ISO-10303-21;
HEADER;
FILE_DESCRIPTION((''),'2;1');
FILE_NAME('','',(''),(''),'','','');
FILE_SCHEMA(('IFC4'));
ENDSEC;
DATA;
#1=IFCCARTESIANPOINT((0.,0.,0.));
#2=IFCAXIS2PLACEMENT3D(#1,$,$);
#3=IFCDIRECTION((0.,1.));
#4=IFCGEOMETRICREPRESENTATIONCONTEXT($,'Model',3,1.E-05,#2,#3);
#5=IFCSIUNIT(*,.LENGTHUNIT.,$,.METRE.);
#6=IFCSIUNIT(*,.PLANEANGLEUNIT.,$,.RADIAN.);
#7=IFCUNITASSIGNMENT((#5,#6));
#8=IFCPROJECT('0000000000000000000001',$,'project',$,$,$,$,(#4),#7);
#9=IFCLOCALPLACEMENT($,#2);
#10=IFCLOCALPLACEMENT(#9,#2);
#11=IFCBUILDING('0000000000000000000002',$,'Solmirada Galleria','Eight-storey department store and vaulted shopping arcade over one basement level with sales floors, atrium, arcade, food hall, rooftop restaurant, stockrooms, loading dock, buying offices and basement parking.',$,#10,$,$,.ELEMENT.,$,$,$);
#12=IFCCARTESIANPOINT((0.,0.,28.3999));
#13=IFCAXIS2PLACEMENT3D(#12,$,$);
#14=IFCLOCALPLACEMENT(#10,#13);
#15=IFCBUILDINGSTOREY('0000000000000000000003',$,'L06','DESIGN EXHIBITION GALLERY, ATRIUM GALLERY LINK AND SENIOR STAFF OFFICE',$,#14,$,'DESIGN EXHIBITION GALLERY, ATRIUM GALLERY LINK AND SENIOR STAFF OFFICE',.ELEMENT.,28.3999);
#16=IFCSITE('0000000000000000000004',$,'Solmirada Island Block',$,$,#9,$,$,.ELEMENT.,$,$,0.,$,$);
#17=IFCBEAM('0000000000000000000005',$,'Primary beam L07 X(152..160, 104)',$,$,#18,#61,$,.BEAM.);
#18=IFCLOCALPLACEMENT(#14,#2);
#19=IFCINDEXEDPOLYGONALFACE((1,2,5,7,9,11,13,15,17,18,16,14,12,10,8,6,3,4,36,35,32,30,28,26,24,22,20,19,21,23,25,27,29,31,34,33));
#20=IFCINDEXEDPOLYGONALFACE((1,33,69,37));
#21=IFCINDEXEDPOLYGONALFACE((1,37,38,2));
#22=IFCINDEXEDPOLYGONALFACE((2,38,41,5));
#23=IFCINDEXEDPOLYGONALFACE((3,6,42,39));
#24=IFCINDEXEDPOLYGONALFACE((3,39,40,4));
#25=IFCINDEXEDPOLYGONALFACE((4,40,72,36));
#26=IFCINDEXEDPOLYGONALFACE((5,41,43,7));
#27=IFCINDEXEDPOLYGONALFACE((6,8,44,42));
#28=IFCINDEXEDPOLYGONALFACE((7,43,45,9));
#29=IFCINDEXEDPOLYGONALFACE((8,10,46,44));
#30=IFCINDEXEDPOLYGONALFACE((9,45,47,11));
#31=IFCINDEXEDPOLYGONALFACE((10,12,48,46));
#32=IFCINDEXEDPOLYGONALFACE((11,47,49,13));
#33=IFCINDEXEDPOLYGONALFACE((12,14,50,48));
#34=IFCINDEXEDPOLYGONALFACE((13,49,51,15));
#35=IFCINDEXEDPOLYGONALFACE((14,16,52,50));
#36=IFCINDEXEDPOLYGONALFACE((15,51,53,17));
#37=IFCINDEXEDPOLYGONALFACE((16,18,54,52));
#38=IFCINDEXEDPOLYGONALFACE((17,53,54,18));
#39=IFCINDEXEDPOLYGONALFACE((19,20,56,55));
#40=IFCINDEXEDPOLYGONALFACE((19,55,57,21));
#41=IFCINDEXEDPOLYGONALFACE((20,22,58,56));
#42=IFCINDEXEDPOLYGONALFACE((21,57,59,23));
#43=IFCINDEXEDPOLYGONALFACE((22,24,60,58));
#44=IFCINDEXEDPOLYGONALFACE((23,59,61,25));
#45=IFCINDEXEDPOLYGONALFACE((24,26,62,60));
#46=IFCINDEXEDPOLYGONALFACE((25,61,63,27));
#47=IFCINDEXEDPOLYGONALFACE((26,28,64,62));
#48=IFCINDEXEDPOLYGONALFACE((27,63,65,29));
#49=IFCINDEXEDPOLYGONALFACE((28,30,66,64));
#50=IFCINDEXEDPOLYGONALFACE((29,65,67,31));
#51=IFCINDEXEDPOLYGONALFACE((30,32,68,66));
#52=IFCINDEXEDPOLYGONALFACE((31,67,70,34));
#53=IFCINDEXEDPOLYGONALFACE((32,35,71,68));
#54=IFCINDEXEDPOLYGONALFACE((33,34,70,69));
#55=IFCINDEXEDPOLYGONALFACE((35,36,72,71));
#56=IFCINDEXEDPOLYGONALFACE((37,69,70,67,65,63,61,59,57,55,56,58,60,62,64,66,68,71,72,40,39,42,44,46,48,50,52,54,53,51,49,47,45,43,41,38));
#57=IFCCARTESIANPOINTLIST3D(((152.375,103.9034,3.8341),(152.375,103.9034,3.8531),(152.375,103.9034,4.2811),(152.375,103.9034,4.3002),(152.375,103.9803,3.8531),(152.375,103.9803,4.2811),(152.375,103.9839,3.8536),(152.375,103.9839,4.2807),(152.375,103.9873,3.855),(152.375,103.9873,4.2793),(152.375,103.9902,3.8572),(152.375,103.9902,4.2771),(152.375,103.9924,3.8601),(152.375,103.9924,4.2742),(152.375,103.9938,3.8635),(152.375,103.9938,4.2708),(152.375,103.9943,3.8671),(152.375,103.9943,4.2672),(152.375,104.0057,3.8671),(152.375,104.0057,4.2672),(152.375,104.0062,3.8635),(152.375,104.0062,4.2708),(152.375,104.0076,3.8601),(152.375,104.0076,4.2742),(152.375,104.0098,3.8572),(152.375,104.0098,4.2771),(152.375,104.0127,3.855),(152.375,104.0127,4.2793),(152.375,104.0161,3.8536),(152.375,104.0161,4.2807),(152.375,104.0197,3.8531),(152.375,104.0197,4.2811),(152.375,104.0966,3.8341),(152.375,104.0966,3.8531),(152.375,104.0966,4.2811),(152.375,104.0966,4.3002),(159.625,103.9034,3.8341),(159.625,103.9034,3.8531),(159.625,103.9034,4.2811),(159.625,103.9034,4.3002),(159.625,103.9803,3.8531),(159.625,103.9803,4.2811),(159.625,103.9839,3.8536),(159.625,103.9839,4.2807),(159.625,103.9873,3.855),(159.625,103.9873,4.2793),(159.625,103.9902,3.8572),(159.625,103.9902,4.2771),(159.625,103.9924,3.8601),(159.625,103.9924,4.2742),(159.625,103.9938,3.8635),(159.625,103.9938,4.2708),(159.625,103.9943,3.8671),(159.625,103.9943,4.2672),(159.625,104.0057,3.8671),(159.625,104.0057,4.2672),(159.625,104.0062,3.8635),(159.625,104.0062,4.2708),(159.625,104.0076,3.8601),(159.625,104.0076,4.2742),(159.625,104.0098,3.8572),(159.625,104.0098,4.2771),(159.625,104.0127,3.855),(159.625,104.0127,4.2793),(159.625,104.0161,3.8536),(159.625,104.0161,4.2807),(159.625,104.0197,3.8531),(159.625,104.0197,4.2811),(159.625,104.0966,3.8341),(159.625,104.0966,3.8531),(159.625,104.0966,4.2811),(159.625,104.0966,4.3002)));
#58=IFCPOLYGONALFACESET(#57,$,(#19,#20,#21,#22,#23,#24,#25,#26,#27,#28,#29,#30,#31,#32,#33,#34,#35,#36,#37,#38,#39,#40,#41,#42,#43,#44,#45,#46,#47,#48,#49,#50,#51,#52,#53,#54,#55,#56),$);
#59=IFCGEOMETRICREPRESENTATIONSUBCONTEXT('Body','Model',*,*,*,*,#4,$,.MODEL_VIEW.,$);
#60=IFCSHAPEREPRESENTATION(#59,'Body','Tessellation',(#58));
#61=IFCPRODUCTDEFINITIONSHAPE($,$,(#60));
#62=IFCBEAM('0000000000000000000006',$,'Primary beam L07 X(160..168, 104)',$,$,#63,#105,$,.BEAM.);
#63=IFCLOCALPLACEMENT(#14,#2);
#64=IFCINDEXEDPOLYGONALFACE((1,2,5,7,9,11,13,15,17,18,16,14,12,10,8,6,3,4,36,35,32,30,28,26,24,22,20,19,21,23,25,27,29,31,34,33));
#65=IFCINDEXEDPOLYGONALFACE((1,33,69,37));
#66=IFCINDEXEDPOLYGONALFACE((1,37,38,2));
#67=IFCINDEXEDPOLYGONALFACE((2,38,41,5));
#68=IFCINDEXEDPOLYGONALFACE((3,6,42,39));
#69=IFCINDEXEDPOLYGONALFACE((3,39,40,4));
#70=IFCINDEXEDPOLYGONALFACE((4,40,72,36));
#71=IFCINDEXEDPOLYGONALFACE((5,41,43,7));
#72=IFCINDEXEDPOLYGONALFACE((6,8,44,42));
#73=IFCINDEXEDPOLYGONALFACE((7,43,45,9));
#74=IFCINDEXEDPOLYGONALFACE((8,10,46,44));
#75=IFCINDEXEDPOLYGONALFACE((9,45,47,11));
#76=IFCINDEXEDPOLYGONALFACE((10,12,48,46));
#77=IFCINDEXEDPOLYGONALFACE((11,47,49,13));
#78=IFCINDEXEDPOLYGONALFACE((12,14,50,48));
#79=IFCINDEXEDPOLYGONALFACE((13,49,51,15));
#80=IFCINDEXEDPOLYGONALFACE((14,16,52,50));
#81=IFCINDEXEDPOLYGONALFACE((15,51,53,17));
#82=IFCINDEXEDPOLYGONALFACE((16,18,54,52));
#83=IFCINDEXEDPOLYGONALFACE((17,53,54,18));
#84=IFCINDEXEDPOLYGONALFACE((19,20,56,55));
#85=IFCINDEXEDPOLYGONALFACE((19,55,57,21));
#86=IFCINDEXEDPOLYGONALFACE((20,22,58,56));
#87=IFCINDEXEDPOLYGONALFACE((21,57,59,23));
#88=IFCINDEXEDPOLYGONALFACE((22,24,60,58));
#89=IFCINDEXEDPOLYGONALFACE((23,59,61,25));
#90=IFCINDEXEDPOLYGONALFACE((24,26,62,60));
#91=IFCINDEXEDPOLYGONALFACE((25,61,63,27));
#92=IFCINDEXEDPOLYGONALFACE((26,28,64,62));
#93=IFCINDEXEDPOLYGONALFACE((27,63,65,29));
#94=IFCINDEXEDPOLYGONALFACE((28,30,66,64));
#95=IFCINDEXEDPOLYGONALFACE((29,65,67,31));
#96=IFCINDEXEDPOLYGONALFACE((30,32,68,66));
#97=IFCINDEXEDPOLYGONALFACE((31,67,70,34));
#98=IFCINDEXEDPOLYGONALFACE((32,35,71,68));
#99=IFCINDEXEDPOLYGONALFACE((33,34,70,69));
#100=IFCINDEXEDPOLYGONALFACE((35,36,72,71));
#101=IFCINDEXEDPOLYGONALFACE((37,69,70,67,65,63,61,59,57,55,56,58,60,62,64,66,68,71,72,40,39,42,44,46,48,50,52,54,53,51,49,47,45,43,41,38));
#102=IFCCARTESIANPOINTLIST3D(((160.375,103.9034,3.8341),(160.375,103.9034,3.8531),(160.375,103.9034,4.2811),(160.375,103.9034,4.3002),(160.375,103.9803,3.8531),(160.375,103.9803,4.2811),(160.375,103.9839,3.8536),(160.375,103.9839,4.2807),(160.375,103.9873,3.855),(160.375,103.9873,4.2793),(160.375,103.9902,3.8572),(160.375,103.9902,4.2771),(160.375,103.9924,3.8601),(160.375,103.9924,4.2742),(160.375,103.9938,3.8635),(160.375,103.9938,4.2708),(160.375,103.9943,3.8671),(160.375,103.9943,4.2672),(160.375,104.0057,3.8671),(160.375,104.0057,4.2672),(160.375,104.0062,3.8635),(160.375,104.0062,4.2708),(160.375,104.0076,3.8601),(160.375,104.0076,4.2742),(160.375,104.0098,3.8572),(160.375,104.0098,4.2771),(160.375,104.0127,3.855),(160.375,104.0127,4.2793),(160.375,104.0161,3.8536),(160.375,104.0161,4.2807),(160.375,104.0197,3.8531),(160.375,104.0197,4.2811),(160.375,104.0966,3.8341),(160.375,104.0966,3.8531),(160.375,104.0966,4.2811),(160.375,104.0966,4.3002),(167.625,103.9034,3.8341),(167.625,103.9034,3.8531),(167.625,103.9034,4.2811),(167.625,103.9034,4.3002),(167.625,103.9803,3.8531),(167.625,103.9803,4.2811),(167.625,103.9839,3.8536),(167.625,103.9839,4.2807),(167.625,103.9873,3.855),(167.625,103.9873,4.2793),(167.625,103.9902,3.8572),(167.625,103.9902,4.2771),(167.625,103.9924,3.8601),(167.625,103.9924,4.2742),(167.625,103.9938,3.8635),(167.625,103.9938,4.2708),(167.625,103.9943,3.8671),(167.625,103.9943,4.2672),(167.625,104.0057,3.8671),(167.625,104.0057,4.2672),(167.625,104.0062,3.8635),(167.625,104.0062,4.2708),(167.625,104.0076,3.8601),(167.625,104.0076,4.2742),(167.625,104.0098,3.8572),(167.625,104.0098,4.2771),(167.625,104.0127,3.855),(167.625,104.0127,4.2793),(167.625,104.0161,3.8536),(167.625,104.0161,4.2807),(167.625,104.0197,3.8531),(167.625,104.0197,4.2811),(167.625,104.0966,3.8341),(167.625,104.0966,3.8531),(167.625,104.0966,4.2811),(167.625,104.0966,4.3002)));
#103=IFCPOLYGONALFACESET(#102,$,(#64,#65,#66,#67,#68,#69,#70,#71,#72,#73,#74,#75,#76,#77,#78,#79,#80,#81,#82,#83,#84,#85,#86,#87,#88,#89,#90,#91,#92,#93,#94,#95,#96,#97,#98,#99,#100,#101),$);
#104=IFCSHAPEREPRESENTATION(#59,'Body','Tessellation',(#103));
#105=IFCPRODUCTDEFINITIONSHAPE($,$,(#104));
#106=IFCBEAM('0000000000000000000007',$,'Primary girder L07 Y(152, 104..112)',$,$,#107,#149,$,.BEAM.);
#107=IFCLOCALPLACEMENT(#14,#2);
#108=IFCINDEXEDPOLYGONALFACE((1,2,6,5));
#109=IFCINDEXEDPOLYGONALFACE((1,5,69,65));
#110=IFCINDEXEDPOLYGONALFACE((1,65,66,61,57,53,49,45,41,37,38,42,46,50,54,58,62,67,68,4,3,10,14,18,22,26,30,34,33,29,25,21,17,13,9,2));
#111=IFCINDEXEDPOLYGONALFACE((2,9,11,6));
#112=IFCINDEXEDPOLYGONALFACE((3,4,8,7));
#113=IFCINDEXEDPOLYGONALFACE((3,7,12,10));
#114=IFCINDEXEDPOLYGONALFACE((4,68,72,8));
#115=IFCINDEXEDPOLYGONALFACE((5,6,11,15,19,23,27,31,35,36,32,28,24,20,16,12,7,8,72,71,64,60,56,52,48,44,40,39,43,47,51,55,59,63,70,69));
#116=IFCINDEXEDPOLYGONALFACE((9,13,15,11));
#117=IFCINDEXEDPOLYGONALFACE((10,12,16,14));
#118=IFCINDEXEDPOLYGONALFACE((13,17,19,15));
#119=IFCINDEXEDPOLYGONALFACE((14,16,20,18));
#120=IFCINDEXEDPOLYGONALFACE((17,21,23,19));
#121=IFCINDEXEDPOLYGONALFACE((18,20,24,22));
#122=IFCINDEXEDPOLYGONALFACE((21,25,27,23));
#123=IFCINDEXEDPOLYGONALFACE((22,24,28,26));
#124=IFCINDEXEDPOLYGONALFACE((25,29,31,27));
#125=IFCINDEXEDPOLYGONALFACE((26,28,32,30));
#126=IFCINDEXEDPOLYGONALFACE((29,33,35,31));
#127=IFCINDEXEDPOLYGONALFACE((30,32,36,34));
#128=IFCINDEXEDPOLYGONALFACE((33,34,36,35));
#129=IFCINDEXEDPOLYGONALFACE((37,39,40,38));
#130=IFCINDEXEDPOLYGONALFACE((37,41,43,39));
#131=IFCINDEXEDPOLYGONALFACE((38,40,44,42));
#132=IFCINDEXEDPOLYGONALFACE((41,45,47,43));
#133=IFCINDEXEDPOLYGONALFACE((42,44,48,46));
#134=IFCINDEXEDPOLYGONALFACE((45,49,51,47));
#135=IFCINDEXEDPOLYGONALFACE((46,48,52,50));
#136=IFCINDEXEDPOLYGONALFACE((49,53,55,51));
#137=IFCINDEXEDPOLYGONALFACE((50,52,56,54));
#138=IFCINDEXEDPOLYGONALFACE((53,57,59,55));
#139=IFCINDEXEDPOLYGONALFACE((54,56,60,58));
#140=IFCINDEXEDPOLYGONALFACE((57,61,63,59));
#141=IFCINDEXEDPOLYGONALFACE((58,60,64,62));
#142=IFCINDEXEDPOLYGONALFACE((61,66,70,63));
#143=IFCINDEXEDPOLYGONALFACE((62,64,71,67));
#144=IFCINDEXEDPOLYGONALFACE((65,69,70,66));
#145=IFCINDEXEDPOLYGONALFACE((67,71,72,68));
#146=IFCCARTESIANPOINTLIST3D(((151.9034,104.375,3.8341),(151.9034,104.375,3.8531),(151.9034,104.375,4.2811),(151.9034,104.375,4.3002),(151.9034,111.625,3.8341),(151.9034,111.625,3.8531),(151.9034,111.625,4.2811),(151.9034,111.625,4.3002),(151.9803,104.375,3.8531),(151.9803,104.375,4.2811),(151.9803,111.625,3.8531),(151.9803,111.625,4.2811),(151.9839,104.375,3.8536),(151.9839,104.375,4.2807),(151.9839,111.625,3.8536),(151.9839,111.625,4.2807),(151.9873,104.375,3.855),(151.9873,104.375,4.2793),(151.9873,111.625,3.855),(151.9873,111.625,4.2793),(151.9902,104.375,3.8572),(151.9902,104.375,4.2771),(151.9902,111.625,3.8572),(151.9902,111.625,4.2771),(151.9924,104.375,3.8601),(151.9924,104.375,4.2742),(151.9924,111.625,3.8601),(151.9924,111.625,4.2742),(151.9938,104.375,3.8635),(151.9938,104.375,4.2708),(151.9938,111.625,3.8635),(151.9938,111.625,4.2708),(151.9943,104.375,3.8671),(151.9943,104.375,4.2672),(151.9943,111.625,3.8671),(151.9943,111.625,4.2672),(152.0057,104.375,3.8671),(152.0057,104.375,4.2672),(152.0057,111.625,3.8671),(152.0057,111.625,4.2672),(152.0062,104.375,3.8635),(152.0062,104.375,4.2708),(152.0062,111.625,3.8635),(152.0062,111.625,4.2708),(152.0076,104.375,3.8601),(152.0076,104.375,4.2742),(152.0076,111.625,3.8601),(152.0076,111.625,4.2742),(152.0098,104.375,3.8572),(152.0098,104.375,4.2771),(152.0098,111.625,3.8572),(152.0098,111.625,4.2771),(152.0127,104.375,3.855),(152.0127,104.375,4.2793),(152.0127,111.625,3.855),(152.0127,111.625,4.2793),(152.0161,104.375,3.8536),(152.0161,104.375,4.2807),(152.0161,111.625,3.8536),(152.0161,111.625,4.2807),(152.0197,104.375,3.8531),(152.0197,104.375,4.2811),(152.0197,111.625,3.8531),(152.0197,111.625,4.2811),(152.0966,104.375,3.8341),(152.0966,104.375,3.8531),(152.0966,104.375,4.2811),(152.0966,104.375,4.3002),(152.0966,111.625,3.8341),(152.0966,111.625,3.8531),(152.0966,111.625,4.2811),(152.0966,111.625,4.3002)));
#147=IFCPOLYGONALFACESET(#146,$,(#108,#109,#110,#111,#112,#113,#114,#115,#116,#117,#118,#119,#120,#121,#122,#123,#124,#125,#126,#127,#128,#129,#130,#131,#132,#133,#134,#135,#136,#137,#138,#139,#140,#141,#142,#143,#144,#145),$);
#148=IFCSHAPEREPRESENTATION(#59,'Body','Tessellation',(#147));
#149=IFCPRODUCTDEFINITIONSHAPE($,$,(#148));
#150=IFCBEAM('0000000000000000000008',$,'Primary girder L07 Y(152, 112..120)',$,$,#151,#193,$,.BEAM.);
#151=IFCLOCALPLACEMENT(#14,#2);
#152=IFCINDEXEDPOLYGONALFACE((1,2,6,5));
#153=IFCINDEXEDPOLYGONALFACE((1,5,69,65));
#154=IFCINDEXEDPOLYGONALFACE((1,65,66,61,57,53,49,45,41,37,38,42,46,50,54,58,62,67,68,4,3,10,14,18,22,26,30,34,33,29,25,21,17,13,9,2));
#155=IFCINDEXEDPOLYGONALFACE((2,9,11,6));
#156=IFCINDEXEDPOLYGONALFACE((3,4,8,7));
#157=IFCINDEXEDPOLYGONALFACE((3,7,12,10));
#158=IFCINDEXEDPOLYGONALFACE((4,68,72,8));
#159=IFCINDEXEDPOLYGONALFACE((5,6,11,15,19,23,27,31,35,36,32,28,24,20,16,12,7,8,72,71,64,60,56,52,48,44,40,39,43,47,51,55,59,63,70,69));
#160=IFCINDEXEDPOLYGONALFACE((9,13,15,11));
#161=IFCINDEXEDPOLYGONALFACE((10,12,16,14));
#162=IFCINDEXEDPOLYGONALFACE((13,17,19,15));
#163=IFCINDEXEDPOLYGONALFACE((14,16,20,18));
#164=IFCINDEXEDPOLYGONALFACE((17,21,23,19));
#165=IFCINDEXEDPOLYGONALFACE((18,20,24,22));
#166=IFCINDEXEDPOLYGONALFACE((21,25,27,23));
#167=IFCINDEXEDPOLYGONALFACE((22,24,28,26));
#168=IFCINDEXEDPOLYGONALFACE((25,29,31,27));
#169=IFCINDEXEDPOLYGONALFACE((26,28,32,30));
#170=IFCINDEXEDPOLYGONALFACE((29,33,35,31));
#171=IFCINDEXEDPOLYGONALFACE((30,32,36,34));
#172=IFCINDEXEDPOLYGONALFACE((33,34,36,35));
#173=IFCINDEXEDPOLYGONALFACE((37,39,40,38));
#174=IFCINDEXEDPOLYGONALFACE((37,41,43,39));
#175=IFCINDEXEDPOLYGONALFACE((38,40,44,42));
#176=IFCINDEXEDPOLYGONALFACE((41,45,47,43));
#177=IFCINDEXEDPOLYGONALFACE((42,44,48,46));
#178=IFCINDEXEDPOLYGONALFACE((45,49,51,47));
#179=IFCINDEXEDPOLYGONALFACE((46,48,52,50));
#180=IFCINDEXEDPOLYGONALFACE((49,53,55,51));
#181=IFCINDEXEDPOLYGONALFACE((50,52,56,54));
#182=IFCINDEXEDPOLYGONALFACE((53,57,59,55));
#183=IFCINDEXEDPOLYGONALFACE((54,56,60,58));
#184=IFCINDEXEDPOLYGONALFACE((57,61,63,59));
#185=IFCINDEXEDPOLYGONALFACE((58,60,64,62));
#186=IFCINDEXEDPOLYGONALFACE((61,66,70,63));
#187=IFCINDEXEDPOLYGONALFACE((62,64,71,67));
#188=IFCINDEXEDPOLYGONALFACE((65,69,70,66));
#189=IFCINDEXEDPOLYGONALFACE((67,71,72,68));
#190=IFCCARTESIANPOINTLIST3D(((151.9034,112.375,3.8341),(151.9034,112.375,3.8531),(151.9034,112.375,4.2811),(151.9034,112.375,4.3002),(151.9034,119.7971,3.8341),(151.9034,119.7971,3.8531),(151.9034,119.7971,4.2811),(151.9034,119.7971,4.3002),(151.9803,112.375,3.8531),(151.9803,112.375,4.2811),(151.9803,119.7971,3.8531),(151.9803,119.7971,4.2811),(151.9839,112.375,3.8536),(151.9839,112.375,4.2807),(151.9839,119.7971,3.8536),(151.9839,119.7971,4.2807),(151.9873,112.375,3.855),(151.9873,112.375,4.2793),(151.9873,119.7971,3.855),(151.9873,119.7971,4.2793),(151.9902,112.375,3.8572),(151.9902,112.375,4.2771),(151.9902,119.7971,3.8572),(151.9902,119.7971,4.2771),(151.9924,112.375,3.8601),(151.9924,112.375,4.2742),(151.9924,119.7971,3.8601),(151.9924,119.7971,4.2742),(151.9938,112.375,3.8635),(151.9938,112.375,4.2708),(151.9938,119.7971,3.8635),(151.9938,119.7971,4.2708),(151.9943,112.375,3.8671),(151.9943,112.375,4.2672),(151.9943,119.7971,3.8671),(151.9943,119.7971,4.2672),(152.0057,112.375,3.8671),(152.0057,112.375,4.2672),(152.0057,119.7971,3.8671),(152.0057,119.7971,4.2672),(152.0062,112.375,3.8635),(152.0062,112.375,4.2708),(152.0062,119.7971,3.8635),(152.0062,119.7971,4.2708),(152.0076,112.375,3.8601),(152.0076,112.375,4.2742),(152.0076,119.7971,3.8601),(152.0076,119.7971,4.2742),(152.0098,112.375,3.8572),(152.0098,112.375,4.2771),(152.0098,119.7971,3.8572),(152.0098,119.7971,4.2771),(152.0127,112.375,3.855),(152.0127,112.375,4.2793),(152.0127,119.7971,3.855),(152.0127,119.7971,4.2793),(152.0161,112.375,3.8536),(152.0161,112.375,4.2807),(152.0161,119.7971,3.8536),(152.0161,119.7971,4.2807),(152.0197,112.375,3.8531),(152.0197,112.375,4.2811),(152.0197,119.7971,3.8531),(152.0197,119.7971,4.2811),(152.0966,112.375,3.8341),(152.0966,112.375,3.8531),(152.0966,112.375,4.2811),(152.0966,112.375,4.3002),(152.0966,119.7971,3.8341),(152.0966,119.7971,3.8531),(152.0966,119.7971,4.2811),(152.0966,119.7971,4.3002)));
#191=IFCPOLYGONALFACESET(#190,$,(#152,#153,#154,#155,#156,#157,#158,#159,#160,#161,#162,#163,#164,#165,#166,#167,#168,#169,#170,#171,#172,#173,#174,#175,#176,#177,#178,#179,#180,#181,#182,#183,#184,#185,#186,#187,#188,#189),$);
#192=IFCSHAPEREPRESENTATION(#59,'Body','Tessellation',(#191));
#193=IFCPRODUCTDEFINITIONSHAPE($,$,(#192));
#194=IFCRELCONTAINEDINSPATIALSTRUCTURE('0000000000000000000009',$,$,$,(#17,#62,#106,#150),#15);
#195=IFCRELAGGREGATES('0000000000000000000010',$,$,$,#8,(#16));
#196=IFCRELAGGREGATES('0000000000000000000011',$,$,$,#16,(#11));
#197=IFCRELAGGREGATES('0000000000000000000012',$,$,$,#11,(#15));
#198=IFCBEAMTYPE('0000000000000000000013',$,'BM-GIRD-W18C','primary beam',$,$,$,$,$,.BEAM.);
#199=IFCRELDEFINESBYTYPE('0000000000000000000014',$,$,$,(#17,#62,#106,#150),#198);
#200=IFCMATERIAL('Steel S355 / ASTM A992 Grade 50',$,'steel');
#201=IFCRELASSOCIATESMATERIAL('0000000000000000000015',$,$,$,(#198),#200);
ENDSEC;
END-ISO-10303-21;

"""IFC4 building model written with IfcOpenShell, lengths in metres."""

from ifc_helpers import new_model, si_unit, direction, frame, origin, origin_2d, place, context, subcontext, project, spatial, i_section, extrude, material, material_profile, profile_set, type_object, element, save


model = new_model("IFC4")

# Units and contexts
model_context = context("Model", 3, precision=1e-05, world=origin(), true_north=direction((0.0, 1.0)))
body_context = subcontext(model_context, "Body", "Model", "MODEL_VIEW")
ifc_project = project(units=[si_unit("LENGTHUNIT", "METRE"), si_unit("PLANEANGLEUNIT", "RADIAN")], contexts=[model_context])

# Site, building, storey
site_placement = place(None, origin())
site = spatial("IfcSite", under=ifc_project, at=site_placement, Name="Solmirada Island Block", CompositionType="ELEMENT", RefElevation=0.0)
building_placement = place(site_placement, origin())
building = spatial("IfcBuilding", under=site, at=building_placement, Name="Solmirada Galleria", Description="Eight-storey department store and vaulted shopping arcade over one basement level with sales floors, atrium, arcade, food hall, rooftop restaurant, stockrooms, loading dock, buying offices and basement parking.", CompositionType="ELEMENT")
storey_placement = place(building_placement, frame((0.0, 0.0, 28.3999)))
storey = spatial("IfcBuildingStorey", under=building, at=storey_placement, Name="L06", Description="DESIGN EXHIBITION GALLERY, ATRIUM GALLERY LINK AND SENIOR STAFF OFFICE", LongName="DESIGN EXHIBITION GALLERY, ATRIUM GALLERY LINK AND SENIOR STAFF OFFICE", CompositionType="ELEMENT", Elevation=28.3999)

# Beams
ifc_material_1 = material(Name="Steel S355 / ASTM A992 Grade 50", Category="steel")
ifc_material_profile_1 = material_profile(ifc_material_1, i_section(OverallWidth=0.1931, OverallDepth=0.4661, WebThickness=0.0115, FlangeThickness=0.019, FilletRadius=0.0139, at=origin_2d()), Name="W18X65")
ifc_profile_set_1 = profile_set([ifc_material_profile_1], Name="Steel S355 / ASTM A992 Grade 50")
beam_type_1 = type_object("IfcBeamType", Name="BM-GIRD-W18C", Description="primary beam", PredefinedType="BEAM", material=ifc_profile_set_1)
for number, where, z_axis, x_axis, name in (
    (1, (152.375, 104.0, 4.0671), (1.0, 0.0, 0.0), (0.0, 1.0, 0.0), "Primary beam L07 X(152..160, 104)"),
    (2, (160.375, 104.0, 4.0671), (1.0, 0.0, 0.0), (0.0, 1.0, 0.0), "Primary beam L07 X(160..168, 104)"),
    (3, (152.0, 104.375, 4.0671), (0.0, 1.0, 0.0), (-1.0, 0.0, 0.0), "Primary girder L07 Y(152, 104..112)"),
):
    element("IfcBeam", number, at=place(storey_placement, frame(where, z_axis=z_axis, x_axis=x_axis)), inside=storey, type_object=beam_type_1, Name=name, PredefinedType="BEAM", context=body_context, shape_type="SweptSolid", body=[
        extrude(i_section(OverallWidth=0.1931, OverallDepth=0.4661, WebThickness=0.0115, FlangeThickness=0.019, FilletRadius=0.0139, at=origin_2d()), origin(), (0.0, 0.0, 1.0), 7.25),
    ])
beam_1_placement = place(storey_placement, frame((152.0, 112.375, 4.0671), z_axis=(0.0, 1.0, 0.0), x_axis=(-1.0, 0.0, 0.0)))
element("IfcBeam", 4, at=beam_1_placement, inside=storey, type_object=beam_type_1, Name="Primary girder L07 Y(152, 112..120)", PredefinedType="BEAM", context=body_context, shape_type="SweptSolid", body=[
    extrude(i_section(OverallWidth=0.1931, OverallDepth=0.4661, WebThickness=0.0115, FlangeThickness=0.019, FilletRadius=0.0139, at=origin_2d()), origin(), (0.0, 0.0, 1.0), 7.4221),
])

save(model, "model.ifc")
